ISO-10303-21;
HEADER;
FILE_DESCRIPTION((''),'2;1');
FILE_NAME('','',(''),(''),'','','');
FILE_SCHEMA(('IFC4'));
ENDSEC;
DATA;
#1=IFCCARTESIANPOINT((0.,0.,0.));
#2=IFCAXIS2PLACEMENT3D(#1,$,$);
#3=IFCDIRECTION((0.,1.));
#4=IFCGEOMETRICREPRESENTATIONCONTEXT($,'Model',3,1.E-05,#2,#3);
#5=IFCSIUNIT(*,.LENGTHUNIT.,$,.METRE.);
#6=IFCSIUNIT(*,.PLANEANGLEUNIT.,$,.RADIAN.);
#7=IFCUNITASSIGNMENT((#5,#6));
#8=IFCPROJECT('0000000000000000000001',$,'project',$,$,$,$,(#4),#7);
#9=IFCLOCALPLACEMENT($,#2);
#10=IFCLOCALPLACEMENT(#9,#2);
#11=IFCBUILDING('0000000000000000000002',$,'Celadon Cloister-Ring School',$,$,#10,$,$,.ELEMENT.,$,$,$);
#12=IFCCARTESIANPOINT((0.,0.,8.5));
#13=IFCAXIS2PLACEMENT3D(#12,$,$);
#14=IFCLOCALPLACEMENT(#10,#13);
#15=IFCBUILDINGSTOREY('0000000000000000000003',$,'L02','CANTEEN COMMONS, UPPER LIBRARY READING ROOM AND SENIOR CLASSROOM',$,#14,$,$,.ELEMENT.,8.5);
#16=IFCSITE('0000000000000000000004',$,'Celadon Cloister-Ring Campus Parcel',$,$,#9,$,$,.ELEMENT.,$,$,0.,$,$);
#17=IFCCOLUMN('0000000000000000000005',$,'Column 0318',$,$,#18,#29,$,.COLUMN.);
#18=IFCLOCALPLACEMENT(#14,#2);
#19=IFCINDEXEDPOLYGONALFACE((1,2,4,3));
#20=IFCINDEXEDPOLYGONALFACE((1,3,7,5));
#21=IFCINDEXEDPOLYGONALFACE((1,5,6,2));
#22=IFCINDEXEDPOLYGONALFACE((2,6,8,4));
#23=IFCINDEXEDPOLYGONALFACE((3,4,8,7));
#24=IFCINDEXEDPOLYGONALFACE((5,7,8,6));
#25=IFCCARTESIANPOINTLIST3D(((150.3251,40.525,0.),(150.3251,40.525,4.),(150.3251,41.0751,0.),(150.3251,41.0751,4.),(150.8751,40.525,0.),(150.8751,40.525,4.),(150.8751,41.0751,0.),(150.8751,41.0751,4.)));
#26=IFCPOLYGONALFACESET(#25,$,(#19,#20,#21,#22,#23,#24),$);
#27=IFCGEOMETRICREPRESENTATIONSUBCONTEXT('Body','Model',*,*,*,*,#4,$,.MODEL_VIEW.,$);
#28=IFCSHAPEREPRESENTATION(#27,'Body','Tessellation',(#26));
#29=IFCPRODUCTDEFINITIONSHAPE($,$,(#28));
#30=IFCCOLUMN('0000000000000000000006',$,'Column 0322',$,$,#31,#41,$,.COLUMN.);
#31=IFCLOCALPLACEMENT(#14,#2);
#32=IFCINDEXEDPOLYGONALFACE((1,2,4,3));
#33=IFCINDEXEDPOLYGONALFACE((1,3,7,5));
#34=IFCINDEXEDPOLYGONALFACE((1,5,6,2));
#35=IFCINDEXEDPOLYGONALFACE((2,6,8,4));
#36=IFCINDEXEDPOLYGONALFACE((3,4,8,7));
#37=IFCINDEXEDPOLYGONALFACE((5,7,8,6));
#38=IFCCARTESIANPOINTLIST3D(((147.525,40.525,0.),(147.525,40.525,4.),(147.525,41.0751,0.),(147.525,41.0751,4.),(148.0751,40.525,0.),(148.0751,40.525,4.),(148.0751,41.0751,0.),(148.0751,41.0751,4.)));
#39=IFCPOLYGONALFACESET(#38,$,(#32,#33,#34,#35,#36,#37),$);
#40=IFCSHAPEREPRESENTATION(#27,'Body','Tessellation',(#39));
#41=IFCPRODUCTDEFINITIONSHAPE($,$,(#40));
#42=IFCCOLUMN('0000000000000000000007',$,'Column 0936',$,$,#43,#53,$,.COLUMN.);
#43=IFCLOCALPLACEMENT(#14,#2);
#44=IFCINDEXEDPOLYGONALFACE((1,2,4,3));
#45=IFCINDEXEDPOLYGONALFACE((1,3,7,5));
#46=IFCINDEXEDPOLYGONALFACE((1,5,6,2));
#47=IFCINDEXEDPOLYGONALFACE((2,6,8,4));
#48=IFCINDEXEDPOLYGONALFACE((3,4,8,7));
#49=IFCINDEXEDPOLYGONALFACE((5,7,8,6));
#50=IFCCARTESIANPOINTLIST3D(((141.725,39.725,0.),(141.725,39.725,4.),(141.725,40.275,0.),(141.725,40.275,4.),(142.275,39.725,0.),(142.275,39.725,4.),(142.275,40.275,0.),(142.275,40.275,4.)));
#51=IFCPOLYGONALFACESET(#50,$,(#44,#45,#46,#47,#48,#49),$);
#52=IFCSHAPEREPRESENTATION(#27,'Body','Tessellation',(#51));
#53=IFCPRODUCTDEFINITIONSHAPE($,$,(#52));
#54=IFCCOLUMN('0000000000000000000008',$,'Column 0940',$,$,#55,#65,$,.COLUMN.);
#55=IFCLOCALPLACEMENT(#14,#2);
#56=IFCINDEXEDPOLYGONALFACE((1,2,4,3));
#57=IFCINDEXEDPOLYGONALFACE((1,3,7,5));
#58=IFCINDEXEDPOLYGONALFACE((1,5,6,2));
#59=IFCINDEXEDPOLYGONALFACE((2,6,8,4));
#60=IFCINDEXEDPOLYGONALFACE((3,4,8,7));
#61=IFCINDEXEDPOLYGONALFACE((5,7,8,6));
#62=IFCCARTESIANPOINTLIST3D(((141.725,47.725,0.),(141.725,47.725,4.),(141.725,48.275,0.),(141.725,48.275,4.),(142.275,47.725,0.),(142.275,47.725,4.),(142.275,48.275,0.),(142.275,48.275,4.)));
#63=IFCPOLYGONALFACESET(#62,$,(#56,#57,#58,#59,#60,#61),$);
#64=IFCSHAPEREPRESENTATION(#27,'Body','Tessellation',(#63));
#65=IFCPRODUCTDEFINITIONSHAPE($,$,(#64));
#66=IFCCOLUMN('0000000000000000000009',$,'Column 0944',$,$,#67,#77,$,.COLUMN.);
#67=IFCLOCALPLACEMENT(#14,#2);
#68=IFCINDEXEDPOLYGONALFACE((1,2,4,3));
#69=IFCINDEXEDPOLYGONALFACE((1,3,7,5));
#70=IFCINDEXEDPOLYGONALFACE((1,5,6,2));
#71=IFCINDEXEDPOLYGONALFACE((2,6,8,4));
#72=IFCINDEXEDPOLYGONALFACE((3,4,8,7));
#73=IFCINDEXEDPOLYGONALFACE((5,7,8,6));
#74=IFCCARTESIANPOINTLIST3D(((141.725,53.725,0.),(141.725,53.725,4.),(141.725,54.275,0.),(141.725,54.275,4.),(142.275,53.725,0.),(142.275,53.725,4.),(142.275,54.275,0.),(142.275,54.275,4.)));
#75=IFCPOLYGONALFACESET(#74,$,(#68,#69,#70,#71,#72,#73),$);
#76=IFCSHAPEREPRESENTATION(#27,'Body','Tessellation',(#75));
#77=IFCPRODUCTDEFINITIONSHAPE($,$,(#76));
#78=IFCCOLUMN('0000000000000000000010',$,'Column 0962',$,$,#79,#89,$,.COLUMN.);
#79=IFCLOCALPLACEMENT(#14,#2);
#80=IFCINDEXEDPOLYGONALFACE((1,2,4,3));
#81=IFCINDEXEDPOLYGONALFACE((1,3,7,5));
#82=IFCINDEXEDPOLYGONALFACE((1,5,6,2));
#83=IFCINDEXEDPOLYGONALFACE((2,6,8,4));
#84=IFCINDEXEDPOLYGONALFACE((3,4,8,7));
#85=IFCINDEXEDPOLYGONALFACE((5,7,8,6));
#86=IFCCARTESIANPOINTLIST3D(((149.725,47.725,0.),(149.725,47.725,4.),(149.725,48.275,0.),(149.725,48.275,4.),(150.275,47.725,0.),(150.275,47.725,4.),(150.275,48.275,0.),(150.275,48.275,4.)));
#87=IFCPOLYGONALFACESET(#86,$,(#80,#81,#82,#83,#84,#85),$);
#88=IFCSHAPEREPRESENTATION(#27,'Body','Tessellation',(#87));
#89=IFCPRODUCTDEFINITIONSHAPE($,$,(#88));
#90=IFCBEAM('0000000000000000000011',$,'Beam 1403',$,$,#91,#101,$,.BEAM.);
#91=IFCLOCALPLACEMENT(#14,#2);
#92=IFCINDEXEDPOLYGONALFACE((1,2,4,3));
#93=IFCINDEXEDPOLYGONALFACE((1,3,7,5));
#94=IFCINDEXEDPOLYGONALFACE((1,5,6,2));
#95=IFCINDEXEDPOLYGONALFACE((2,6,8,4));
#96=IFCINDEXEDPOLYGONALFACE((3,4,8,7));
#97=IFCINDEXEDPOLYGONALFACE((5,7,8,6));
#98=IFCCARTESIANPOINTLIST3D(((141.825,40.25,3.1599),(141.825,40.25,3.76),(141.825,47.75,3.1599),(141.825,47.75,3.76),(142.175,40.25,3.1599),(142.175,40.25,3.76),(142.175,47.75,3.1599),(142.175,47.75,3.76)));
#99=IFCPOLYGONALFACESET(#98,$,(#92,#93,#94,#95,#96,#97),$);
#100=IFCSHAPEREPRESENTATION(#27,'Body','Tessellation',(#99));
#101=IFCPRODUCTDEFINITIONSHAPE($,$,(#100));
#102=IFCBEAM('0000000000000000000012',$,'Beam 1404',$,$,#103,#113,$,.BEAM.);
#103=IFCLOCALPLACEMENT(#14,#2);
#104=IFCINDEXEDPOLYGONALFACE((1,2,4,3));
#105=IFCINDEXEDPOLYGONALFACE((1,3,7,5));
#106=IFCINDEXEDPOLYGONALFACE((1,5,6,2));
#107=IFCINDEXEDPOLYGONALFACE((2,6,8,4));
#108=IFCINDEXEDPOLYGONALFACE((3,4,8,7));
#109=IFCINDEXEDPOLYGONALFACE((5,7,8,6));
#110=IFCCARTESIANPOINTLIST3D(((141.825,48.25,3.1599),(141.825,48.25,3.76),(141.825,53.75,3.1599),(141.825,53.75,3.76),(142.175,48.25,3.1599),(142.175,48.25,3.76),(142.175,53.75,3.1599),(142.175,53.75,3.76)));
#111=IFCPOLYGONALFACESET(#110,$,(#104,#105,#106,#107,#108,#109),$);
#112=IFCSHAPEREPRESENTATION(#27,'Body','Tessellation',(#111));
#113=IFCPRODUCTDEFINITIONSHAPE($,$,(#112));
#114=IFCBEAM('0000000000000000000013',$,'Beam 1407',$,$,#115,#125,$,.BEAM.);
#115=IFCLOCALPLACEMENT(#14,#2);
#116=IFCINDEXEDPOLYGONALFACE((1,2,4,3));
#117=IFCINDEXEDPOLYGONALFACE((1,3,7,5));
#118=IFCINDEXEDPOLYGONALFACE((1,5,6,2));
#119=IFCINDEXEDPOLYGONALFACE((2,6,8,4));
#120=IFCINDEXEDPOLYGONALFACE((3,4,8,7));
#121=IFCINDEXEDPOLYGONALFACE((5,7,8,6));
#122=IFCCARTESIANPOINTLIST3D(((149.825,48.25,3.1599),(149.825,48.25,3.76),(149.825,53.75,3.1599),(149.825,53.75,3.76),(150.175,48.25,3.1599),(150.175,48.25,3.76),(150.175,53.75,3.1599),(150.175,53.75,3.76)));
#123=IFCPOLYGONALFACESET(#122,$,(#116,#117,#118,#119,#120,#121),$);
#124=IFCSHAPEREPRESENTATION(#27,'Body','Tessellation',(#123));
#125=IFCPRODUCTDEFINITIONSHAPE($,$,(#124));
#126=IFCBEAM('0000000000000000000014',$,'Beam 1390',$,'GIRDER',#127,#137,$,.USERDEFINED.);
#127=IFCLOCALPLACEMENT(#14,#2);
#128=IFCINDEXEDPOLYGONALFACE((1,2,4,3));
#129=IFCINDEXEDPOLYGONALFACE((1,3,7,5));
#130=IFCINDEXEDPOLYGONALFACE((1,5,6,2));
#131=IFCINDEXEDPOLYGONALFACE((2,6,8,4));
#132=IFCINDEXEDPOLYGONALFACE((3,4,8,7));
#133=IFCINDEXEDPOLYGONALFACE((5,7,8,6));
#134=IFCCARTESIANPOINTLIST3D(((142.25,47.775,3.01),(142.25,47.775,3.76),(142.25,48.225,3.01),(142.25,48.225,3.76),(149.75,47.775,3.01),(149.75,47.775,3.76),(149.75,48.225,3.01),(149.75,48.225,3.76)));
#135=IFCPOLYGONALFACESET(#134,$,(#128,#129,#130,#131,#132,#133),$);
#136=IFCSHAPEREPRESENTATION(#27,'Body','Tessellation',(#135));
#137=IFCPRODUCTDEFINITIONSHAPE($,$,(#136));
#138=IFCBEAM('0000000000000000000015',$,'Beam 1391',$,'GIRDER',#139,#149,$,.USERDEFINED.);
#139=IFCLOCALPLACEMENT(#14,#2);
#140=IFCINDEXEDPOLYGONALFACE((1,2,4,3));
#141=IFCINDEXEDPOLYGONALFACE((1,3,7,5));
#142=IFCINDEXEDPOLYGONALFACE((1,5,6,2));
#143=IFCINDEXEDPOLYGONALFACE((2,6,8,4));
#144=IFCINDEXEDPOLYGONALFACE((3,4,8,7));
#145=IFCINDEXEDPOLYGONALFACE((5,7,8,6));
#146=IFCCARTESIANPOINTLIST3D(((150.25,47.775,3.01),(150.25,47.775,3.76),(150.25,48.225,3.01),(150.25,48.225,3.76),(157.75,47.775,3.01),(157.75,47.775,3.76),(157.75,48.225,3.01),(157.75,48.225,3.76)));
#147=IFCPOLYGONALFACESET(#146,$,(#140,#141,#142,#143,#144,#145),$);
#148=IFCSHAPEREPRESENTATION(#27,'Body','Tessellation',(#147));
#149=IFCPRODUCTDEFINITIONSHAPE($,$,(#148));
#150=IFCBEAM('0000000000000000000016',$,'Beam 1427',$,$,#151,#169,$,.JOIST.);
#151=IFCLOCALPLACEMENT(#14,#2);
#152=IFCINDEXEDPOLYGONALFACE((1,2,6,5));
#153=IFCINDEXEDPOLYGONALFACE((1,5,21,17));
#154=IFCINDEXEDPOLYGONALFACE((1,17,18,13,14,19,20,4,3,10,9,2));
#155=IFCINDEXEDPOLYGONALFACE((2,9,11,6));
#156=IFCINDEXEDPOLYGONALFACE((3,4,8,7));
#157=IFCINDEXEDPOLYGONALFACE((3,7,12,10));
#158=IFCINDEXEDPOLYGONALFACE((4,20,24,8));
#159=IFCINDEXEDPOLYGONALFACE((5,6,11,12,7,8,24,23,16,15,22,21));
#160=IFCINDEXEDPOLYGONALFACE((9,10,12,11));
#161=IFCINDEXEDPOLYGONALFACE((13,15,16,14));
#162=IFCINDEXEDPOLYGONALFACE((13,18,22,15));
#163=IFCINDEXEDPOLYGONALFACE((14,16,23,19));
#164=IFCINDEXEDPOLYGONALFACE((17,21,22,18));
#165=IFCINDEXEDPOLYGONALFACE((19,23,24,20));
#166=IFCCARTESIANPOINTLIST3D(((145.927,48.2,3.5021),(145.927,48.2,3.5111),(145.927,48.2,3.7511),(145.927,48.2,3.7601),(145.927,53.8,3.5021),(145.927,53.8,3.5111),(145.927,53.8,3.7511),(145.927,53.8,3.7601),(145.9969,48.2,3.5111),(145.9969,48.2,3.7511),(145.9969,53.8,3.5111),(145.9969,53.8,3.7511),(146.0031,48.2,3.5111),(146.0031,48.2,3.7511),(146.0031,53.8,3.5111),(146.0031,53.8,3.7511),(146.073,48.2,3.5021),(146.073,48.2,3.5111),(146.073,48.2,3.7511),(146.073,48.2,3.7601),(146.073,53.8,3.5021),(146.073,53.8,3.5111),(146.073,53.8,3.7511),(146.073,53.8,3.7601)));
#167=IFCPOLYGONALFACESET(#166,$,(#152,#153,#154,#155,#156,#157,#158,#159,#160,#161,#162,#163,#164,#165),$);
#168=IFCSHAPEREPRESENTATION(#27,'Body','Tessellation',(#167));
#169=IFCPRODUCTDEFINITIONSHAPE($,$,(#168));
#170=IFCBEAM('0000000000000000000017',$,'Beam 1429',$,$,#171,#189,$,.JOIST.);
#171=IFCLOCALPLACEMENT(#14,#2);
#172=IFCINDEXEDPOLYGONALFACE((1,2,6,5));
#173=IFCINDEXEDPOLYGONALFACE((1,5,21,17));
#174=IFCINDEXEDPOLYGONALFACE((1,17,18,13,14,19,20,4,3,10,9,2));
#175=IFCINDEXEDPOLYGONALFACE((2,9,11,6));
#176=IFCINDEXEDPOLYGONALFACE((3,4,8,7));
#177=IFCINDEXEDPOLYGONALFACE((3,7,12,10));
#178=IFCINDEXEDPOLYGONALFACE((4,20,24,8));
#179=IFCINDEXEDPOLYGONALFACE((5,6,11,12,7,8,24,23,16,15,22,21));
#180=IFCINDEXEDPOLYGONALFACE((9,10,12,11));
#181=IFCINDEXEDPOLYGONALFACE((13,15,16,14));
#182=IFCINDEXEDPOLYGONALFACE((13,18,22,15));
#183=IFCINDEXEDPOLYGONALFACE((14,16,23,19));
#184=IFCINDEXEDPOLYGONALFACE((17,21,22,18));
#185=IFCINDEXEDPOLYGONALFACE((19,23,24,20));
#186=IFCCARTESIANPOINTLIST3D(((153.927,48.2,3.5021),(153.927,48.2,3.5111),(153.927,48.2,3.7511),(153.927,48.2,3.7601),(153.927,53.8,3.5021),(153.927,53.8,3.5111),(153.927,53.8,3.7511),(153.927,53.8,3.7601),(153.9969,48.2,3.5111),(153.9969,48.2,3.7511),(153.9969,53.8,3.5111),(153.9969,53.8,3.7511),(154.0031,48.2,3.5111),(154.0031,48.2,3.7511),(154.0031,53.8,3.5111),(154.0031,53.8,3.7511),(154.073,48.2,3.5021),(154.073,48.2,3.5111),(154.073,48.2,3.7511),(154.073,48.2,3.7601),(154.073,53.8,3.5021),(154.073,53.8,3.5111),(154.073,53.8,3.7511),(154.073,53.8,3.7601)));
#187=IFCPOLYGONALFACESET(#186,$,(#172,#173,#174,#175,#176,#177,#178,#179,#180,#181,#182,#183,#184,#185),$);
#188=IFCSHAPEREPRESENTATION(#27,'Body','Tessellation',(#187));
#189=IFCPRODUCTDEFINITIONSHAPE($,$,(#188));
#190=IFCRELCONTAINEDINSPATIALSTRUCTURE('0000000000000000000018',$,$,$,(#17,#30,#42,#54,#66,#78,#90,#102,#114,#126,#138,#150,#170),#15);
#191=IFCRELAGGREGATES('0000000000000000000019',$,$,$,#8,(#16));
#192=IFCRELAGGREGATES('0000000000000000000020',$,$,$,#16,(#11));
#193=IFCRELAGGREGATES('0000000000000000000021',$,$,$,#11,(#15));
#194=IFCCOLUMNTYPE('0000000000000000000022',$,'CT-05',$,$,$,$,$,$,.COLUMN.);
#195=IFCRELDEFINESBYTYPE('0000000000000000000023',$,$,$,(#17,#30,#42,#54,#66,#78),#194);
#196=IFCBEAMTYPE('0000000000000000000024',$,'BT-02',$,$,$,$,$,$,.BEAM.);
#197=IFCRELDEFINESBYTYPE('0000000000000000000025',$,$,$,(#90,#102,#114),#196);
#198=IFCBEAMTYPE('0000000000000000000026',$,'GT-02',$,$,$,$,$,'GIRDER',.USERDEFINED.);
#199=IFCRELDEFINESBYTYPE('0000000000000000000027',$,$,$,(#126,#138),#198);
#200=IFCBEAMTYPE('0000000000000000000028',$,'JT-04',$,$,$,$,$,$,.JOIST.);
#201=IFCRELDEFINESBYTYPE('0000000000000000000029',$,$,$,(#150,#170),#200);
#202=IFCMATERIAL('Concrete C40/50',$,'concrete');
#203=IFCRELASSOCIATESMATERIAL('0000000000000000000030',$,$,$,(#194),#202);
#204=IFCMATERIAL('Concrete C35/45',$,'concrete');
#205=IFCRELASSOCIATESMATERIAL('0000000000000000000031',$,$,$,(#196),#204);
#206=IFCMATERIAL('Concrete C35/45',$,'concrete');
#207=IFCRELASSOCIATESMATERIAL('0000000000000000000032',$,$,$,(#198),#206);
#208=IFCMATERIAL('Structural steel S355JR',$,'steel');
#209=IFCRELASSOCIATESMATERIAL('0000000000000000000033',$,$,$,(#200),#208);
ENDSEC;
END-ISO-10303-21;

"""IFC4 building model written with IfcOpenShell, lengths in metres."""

from ifc_helpers import new_model, si_unit, direction, frame, origin, origin_2d, place, context, subcontext, project, spatial, rectangle, i_section, extrude, material, material_profile, profile_set, type_object, element, save


model = new_model("IFC4")

# Units and contexts
model_context = context("Model", 3, precision=1e-05, world=origin(), true_north=direction((0.0, 1.0)))
body_context = subcontext(model_context, "Body", "Model", "MODEL_VIEW")
ifc_project = project(units=[si_unit("LENGTHUNIT", "METRE"), si_unit("PLANEANGLEUNIT", "RADIAN")], contexts=[model_context])

# Site, building, storey
site_placement = place(None, origin())
site = spatial("IfcSite", under=ifc_project, at=site_placement, Name="Celadon Cloister-Ring Campus Parcel", CompositionType="ELEMENT", RefElevation=0.0)
building_placement = place(site_placement, origin())
building = spatial("IfcBuilding", under=site, at=building_placement, Name="Celadon Cloister-Ring School", CompositionType="ELEMENT")
storey_placement = place(building_placement, frame((0.0, 0.0, 8.5)))
storey = spatial("IfcBuildingStorey", under=building, at=storey_placement, Name="L02", Description="CANTEEN COMMONS, UPPER LIBRARY READING ROOM AND SENIOR CLASSROOM", CompositionType="ELEMENT", Elevation=8.5)

# Columns
ifc_material_1 = material(Name="Concrete C40/50", Category="concrete")
ifc_material_profile_1 = material_profile(ifc_material_1, rectangle(XDim=0.55, YDim=0.55, at=origin_2d()), Name="RC550X550")
ifc_profile_set_1 = profile_set([ifc_material_profile_1], Name="Concrete C40/50")
column_type = type_object("IfcColumnType", Name="CT-05", PredefinedType="COLUMN", material=ifc_profile_set_1)
for number, where, z_axis, x_axis, name in (
    (1, (150.6001, 40.8, 0.0), (0.0, 0.0, 1.0), (1.0, 0.0, 0.0), "Column 0318"),
    (2, (147.8, 40.8, 0.0), (0.0, 0.0, 1.0), (1.0, 0.0, 0.0), "Column 0322"),
    (3, (142.0, 40.0, 0.0), (0.0, 0.0, 1.0), (1.0, 0.0, 0.0), "Column 0936"),
    (4, (142.0, 48.0, 0.0), (0.0, 0.0, 1.0), (1.0, 0.0, 0.0), "Column 0940"),
    (5, (142.0, 54.0, 0.0), (0.0, 0.0, 1.0), (1.0, 0.0, 0.0), "Column 0944"),
    (6, (150.0, 48.0, 0.0), (0.0, 0.0, 1.0), (1.0, 0.0, 0.0), "Column 0962"),
):
    element("IfcColumn", number, at=place(storey_placement, frame(where, z_axis=z_axis, x_axis=x_axis)), inside=storey, type_object=column_type, Name=name, PredefinedType="COLUMN", context=body_context, shape_type="SweptSolid", body=[
        extrude(rectangle(XDim=0.55, YDim=0.55, at=origin_2d()), origin(), (0.0, 0.0, 1.0), 4.0),
    ])

# Beams
ifc_material_2 = material(Name="Concrete C35/45", Category="concrete")
ifc_material_profile_2 = material_profile(ifc_material_2, rectangle(XDim=0.3501, YDim=0.6001, at=origin_2d()), Name="RC350X600")
ifc_profile_set_2 = profile_set([ifc_material_profile_2], Name="Concrete C35/45")
beam_type_1 = type_object("IfcBeamType", Name="BT-02", PredefinedType="BEAM", material=ifc_profile_set_2)
beam_placement = place(storey_placement, frame((142.0, 40.25, 3.46), z_axis=(0.0, 1.0, 0.0), x_axis=(-1.0, 0.0, 0.0)))
element("IfcBeam", 7, at=beam_placement, inside=storey, type_object=beam_type_1, Name="Beam 1403", PredefinedType="BEAM", context=body_context, shape_type="SweptSolid", body=[
    extrude(rectangle(XDim=0.3501, YDim=0.6001, at=origin_2d()), origin(), (0.0, 0.0, 1.0), 7.5),
])
for number, where, z_axis, x_axis, name in (
    (8, (142.0, 48.25, 3.46), (0.0, 1.0, 0.0), (-1.0, 0.0, 0.0), "Beam 1404"),
    (9, (150.0, 48.25, 3.46), (0.0, 1.0, 0.0), (-1.0, 0.0, 0.0), "Beam 1407"),
):
    element("IfcBeam", number, at=place(storey_placement, frame(where, z_axis=z_axis, x_axis=x_axis)), inside=storey, type_object=beam_type_1, Name=name, PredefinedType="BEAM", context=body_context, shape_type="SweptSolid", body=[
        extrude(rectangle(XDim=0.3501, YDim=0.6001, at=origin_2d()), origin(), (0.0, 0.0, 1.0), 5.5),
    ])
ifc_material_3 = material(Name="Concrete C35/45", Category="concrete")
ifc_material_profile_3 = material_profile(ifc_material_3, rectangle(XDim=0.45, YDim=0.75, at=origin_2d()), Name="RC450X750")
ifc_profile_set_3 = profile_set([ifc_material_profile_3], Name="Concrete C35/45")
beam_type_2 = type_object("IfcBeamType", Name="GT-02", ElementType="GIRDER", PredefinedType="USERDEFINED", material=ifc_profile_set_3)
for number, where, z_axis, x_axis, name in (
    (10, (142.25, 48.0, 3.385), (1.0, 0.0, 0.0), (0.0, 1.0, 0.0), "Beam 1390"),
    (11, (150.25, 48.0, 3.385), (1.0, 0.0, 0.0), (0.0, 1.0, 0.0), "Beam 1391"),
):
    element("IfcBeam", number, at=place(storey_placement, frame(where, z_axis=z_axis, x_axis=x_axis)), inside=storey, type_object=beam_type_2, Name=name, ObjectType="GIRDER", PredefinedType="USERDEFINED", context=body_context, shape_type="SweptSolid", body=[
        extrude(rectangle(XDim=0.45, YDim=0.75, at=origin_2d()), origin(), (0.0, 0.0, 1.0), 7.5),
    ])
ifc_material_4 = material(Name="Structural steel S355JR", Category="steel")
ifc_material_profile_4 = material_profile(ifc_material_4, i_section(OverallWidth=0.146, OverallDepth=0.2581, WebThickness=0.0061, FlangeThickness=0.009, at=origin_2d()), Name="W250X33")
ifc_profile_set_4 = profile_set([ifc_material_profile_4], Name="Structural steel S355JR")
beam_type_3 = type_object("IfcBeamType", Name="JT-04", PredefinedType="JOIST", material=ifc_profile_set_4)
for number, where, z_axis, x_axis, name in (
    (12, (146.0, 48.2, 3.6311), (0.0, 1.0, 0.0), (-1.0, 0.0, 0.0), "Beam 1427"),
    (13, (154.0, 48.2, 3.6311), (0.0, 1.0, 0.0), (-1.0, 0.0, 0.0), "Beam 1429"),
):
    element("IfcBeam", number, at=place(storey_placement, frame(where, z_axis=z_axis, x_axis=x_axis)), inside=storey, type_object=beam_type_3, Name=name, PredefinedType="JOIST", context=body_context, shape_type="SweptSolid", body=[
        extrude(i_section(OverallWidth=0.146, OverallDepth=0.2581, WebThickness=0.0061, FlangeThickness=0.009, at=origin_2d()), origin(), (0.0, 0.0, 1.0), 5.6001),
    ])

save(model, "model.ifc")
